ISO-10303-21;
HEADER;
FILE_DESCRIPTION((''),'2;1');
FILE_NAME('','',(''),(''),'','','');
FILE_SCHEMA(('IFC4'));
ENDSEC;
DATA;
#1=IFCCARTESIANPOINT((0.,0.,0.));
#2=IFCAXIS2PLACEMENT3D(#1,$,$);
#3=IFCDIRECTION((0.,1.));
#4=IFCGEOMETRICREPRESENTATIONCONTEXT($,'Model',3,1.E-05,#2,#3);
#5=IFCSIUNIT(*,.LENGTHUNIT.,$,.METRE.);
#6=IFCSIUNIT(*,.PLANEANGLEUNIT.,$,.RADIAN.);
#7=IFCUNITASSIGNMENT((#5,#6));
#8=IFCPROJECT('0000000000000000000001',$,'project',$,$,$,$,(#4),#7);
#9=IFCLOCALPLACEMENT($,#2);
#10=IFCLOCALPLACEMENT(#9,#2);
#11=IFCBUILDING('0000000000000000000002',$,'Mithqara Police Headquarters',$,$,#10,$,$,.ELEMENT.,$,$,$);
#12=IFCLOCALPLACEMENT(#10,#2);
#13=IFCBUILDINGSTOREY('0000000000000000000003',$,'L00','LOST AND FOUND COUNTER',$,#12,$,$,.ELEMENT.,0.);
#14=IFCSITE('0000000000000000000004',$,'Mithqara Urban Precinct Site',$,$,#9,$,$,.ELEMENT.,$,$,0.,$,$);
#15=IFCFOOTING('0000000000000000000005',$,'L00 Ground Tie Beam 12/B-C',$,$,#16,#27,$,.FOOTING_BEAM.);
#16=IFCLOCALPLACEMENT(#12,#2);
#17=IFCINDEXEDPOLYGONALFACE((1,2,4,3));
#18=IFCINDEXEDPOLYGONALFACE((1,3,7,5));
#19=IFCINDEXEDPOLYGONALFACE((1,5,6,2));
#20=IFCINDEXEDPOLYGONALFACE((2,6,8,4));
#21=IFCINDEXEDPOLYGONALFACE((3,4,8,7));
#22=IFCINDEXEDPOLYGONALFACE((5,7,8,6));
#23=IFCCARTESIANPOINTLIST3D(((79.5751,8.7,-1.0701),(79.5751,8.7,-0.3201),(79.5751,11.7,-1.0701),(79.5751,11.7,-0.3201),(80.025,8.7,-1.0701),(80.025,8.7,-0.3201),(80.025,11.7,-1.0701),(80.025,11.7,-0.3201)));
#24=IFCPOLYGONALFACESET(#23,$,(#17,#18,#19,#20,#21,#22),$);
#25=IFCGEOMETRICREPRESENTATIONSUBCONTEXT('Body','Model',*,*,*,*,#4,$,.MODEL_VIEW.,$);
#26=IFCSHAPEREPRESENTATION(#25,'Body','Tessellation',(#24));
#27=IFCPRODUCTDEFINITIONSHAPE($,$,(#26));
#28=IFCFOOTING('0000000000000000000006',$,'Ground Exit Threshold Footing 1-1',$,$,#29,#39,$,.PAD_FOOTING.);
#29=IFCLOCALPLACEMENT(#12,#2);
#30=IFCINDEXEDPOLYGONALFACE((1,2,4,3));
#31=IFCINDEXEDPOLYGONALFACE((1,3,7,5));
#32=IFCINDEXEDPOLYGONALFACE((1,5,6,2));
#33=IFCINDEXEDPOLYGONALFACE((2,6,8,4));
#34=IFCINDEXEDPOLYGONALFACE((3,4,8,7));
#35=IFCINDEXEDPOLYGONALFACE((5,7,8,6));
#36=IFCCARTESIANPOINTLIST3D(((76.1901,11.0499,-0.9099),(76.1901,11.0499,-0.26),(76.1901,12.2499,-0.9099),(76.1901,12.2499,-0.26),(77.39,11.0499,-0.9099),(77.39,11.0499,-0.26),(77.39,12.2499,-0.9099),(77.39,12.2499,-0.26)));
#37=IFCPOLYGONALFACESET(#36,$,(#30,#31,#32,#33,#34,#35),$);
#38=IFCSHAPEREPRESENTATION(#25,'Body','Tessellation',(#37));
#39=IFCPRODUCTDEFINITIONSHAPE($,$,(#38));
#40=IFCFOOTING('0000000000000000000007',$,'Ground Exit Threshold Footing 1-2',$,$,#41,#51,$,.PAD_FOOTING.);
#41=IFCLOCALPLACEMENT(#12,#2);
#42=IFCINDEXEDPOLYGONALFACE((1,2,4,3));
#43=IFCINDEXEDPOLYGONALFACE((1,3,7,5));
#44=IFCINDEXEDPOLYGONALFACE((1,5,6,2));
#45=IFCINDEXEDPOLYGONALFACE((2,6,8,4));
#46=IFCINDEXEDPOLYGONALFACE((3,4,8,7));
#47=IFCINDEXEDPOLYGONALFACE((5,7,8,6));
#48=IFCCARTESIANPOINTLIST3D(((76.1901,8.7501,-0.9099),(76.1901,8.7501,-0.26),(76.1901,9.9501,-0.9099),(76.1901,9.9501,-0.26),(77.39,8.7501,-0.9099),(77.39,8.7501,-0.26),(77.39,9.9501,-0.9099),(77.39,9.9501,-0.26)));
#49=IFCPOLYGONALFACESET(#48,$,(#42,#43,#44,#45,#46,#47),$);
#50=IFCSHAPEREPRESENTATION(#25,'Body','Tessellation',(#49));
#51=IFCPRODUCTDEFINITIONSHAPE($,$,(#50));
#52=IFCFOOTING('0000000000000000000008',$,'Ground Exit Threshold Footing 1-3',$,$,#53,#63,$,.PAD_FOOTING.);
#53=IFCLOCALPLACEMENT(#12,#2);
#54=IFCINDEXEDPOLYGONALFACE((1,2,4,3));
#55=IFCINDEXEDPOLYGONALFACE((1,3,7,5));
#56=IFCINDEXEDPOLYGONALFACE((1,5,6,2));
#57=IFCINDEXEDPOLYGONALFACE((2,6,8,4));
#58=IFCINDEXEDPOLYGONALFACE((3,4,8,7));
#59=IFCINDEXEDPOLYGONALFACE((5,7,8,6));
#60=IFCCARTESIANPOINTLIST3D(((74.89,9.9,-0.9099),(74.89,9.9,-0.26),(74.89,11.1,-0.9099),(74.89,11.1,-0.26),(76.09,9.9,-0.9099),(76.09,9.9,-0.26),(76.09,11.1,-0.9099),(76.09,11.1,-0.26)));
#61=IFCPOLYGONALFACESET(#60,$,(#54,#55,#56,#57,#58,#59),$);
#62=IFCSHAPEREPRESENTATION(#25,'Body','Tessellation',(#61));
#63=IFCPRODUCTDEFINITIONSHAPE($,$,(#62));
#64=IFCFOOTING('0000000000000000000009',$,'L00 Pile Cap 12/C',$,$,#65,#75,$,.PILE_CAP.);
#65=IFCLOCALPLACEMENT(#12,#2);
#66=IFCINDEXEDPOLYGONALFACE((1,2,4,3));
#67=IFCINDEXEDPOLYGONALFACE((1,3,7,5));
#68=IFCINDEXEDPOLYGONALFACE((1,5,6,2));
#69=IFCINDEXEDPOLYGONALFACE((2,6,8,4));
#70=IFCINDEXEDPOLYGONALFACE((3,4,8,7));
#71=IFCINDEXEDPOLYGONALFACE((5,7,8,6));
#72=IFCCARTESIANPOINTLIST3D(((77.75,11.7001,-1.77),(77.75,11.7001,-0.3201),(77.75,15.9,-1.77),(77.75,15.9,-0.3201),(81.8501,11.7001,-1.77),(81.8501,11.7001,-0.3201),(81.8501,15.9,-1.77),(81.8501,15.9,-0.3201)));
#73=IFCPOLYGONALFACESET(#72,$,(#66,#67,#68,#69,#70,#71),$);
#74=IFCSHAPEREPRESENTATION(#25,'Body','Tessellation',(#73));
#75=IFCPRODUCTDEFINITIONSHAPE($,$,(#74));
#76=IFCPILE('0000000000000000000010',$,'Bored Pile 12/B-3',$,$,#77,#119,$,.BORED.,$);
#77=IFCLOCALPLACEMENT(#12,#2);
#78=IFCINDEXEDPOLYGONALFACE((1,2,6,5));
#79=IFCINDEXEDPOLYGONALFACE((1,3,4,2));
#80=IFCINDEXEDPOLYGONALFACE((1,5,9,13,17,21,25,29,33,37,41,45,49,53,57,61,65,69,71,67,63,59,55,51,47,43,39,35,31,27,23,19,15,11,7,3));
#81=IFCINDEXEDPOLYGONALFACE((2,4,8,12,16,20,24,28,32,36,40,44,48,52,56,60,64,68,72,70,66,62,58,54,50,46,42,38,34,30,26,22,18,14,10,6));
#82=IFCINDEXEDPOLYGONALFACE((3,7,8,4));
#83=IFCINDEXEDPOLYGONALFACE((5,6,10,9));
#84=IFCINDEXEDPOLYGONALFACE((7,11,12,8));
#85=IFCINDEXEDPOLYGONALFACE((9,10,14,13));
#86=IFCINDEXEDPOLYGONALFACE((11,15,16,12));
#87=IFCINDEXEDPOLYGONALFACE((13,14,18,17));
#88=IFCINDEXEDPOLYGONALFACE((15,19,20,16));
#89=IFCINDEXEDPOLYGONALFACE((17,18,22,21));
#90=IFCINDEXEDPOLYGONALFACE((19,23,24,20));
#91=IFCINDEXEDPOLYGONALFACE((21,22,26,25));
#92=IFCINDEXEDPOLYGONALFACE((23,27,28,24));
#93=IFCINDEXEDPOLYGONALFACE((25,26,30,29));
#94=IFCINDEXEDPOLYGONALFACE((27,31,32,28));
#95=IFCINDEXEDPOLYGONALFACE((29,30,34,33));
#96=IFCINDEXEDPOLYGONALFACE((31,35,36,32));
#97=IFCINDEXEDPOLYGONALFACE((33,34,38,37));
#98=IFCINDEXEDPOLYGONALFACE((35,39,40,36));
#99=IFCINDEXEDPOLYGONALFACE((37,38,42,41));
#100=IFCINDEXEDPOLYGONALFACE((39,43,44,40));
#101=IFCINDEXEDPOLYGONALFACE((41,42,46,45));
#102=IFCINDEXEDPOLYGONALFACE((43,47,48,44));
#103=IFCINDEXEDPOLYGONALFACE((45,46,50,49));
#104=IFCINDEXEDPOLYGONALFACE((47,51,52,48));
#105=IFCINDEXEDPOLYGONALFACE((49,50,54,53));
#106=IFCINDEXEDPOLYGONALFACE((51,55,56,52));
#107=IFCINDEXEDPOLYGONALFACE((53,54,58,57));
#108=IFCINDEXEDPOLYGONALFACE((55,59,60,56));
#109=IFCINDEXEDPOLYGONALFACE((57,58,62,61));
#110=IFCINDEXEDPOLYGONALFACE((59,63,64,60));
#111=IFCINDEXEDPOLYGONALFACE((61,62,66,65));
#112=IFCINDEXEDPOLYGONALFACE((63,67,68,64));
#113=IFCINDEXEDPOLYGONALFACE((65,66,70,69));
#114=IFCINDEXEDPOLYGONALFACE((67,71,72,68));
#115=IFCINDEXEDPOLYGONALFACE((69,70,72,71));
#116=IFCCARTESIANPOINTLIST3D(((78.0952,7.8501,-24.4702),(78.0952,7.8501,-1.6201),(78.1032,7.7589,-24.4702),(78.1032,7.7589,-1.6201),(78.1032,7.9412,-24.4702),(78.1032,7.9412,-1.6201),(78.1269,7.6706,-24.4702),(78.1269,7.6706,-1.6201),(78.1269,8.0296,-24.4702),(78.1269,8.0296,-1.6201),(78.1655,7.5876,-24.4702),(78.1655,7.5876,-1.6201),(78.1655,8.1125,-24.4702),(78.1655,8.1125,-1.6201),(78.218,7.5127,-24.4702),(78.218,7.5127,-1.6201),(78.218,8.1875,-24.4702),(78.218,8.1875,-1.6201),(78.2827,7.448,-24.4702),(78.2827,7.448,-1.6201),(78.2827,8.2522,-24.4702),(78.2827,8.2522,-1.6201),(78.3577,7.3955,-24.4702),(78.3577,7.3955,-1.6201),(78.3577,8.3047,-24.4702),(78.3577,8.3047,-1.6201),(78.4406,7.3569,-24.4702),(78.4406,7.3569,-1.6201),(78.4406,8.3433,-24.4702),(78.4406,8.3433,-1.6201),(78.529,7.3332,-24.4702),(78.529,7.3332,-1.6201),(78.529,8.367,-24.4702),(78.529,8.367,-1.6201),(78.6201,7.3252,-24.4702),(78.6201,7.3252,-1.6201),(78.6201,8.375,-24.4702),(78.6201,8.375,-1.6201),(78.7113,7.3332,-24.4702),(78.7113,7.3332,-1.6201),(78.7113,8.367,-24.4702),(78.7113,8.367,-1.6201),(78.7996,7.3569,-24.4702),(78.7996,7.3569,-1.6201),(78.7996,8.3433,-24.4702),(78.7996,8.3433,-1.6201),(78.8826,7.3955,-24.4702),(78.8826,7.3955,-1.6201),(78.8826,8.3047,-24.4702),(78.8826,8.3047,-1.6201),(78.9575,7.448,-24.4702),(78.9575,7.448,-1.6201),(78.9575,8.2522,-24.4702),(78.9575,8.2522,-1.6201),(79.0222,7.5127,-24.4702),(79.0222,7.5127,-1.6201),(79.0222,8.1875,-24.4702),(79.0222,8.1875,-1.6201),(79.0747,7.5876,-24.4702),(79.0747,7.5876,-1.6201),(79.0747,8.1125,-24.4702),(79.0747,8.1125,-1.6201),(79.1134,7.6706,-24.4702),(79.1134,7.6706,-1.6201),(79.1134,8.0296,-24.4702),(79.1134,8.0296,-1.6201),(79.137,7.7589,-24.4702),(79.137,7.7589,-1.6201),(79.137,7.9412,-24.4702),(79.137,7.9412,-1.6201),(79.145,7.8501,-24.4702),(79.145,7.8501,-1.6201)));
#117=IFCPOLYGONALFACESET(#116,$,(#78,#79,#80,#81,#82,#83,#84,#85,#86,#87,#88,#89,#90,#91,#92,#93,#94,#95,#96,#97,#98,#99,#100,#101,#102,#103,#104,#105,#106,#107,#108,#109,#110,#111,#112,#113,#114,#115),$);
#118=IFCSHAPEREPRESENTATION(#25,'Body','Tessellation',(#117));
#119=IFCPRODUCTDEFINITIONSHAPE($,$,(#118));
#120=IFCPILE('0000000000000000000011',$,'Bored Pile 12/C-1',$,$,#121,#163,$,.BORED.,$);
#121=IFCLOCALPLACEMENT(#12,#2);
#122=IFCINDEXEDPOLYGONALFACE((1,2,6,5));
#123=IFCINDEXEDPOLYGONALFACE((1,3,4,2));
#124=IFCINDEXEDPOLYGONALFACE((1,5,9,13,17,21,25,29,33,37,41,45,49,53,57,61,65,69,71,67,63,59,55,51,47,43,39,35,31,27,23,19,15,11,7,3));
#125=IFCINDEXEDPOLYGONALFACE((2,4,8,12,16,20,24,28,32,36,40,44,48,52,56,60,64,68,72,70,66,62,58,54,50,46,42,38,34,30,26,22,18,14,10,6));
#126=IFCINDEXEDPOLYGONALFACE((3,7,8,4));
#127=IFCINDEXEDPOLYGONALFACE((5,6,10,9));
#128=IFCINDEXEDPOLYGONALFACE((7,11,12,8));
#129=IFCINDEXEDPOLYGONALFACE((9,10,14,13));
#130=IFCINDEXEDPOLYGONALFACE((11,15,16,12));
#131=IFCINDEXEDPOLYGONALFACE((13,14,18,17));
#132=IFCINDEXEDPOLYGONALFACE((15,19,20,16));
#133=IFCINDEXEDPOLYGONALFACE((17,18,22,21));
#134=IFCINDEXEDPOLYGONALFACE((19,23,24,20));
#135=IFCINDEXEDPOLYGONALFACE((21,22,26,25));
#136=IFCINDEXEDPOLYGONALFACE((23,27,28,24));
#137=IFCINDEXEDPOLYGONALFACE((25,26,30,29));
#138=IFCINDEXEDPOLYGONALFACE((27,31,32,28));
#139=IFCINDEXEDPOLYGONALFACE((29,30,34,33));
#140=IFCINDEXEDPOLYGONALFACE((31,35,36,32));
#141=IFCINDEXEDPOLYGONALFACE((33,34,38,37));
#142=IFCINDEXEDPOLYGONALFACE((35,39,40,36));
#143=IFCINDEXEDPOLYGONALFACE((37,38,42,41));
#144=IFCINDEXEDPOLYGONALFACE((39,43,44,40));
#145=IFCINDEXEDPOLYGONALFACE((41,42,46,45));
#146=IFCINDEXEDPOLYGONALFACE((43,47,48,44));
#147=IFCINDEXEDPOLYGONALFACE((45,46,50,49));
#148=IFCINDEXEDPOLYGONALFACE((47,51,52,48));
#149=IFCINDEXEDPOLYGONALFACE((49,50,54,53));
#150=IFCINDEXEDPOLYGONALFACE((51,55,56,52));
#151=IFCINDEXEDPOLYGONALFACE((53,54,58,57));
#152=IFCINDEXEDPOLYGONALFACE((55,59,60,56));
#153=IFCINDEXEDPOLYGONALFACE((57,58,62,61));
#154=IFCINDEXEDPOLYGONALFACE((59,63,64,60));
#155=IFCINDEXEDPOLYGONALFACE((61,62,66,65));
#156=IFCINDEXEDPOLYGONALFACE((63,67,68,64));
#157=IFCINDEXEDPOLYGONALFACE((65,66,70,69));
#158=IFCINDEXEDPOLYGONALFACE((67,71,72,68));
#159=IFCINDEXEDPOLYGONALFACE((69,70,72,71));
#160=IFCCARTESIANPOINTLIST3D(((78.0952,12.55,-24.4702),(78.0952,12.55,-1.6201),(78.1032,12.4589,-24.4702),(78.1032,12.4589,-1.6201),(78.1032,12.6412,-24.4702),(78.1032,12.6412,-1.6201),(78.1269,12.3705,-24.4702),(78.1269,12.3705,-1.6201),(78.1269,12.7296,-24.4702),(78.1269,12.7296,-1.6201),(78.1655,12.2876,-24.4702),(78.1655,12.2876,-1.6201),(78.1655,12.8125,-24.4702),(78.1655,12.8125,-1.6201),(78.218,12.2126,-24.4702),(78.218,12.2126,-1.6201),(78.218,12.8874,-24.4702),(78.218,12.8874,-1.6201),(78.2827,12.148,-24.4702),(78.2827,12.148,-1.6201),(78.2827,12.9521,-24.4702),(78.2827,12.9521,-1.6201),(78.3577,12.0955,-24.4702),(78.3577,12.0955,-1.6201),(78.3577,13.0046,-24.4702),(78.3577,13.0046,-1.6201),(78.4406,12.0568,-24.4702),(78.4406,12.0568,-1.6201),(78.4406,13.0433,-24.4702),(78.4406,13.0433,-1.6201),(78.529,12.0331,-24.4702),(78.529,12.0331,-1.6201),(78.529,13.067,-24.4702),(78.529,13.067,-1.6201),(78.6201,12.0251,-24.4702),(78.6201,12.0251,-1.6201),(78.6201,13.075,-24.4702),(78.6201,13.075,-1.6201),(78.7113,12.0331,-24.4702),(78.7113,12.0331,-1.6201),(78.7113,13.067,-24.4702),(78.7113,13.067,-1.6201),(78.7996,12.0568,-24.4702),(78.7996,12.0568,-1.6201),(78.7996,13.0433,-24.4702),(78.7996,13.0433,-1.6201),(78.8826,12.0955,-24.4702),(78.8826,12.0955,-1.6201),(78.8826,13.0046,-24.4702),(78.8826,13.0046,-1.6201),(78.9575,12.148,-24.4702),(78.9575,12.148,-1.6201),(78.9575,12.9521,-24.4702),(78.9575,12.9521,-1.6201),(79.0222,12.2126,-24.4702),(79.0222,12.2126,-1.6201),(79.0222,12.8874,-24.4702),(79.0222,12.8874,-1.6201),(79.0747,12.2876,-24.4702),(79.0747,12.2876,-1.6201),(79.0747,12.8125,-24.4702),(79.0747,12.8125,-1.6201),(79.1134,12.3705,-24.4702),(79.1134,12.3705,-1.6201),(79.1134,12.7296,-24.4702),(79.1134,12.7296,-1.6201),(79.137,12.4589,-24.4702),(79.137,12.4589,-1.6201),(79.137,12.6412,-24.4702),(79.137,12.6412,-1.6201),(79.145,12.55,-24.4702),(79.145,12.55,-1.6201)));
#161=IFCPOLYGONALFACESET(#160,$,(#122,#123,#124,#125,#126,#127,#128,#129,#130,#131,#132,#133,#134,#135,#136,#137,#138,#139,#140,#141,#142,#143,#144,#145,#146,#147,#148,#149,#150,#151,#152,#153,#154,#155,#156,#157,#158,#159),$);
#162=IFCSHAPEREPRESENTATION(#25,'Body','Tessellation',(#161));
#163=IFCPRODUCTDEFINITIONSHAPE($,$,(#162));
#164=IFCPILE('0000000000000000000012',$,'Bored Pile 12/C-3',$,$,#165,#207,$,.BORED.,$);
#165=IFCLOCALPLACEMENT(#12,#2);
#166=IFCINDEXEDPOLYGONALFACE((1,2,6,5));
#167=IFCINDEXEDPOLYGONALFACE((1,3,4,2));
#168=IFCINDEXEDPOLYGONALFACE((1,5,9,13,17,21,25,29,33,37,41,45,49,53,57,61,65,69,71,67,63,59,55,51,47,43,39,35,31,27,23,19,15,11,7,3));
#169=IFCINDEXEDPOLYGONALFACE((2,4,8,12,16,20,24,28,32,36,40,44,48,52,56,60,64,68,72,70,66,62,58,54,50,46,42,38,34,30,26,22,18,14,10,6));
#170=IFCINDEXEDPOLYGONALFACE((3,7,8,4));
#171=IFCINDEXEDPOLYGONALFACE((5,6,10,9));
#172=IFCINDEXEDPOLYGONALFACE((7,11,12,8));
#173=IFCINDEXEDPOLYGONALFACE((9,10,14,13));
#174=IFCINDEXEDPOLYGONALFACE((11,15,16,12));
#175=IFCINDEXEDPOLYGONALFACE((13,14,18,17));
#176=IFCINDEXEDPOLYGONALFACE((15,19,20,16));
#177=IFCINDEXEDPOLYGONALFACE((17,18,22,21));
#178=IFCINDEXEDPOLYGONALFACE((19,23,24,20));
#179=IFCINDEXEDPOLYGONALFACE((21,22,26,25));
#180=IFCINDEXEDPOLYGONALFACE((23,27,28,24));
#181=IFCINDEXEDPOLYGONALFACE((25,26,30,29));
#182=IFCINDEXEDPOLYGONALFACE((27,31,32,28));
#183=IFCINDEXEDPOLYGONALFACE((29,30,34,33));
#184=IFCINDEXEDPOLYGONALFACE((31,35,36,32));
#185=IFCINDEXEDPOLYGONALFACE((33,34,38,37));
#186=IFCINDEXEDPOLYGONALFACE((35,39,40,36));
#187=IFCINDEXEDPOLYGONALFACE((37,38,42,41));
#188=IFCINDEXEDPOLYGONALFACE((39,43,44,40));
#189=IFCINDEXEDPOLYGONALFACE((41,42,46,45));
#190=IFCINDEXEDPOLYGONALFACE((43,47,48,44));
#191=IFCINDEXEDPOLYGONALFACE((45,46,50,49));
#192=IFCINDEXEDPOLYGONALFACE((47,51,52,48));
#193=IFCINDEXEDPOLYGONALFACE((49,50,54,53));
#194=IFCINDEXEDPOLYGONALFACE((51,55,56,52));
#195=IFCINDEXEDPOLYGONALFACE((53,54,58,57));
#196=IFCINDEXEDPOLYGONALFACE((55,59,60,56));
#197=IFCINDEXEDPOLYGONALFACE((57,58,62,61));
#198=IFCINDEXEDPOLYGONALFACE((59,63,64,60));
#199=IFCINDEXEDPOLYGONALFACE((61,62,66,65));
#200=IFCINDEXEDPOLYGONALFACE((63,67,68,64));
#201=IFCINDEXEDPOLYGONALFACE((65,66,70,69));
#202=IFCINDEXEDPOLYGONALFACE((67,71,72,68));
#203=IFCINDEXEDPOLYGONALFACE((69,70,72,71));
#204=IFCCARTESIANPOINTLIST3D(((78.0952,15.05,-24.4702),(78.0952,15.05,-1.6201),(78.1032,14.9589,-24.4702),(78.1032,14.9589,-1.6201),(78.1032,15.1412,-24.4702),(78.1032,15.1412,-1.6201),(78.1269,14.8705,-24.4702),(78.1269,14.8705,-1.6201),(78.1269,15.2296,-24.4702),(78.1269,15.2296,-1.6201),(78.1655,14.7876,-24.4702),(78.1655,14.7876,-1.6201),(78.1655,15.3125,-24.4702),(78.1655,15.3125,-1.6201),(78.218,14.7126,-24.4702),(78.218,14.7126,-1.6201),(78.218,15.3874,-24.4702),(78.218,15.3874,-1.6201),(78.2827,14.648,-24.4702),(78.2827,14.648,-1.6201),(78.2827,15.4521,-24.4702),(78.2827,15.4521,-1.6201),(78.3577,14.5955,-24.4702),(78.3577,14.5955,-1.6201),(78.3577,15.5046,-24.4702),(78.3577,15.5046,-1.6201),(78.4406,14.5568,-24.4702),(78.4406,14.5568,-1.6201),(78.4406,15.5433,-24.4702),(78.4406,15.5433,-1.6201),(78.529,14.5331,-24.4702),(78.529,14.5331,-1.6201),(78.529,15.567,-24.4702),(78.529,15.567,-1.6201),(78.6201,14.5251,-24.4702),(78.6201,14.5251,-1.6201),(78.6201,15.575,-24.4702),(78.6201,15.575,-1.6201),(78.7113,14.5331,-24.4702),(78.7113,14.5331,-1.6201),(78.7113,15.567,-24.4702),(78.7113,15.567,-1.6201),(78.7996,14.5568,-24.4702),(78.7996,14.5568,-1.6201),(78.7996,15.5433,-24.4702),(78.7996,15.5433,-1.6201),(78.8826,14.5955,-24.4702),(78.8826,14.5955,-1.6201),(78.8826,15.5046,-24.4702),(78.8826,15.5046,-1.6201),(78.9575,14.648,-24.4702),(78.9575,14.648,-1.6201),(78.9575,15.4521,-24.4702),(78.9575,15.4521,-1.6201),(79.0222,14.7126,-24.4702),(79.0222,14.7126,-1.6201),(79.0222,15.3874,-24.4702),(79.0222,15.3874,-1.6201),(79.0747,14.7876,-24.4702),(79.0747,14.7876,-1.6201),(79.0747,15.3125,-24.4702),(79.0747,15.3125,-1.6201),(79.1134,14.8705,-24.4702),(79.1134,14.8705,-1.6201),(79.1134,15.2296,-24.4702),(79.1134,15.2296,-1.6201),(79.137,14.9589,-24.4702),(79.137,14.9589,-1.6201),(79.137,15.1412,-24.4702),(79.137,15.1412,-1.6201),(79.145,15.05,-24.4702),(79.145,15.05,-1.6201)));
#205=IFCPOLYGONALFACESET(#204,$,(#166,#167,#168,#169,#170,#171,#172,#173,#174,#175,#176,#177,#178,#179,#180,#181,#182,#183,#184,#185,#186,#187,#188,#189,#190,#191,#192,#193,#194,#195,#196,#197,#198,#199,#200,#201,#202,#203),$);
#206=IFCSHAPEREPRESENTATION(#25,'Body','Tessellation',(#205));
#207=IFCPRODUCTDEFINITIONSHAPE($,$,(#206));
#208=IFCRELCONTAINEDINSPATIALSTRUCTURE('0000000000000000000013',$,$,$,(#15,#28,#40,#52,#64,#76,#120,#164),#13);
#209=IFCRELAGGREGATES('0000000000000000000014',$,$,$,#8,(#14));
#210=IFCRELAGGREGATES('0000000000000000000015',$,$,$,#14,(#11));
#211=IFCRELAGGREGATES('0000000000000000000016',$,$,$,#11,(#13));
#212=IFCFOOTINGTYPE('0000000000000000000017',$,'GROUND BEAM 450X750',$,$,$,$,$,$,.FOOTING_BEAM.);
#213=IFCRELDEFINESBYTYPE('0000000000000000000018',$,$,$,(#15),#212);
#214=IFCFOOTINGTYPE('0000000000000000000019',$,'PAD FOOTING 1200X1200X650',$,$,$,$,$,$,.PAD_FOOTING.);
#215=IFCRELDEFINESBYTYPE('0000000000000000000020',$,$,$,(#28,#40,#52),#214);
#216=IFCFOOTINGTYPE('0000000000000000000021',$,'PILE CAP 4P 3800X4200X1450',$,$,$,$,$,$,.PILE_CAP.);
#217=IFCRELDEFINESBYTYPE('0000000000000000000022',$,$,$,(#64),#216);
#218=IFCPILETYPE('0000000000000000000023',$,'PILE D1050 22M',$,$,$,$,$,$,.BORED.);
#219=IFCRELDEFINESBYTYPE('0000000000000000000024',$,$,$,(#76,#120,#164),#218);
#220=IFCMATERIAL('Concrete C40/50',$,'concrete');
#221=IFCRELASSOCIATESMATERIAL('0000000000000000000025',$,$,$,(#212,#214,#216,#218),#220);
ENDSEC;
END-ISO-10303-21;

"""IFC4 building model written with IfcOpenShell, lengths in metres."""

from ifc_helpers import new_model, si_unit, direction, frame, origin, origin_2d, place, context, subcontext, project, spatial, rectangle, circle, extrude, material, material_profile, profile_set, type_object, element, save


model = new_model("IFC4")

# Units and contexts
model_context = context("Model", 3, precision=1e-05, world=origin(), true_north=direction((0.0, 1.0)))
body_context = subcontext(model_context, "Body", "Model", "MODEL_VIEW")
ifc_project = project(units=[si_unit("LENGTHUNIT", "METRE"), si_unit("PLANEANGLEUNIT", "RADIAN")], contexts=[model_context])

# Site, building, storey
site_placement = place(None, origin())
site = spatial("IfcSite", under=ifc_project, at=site_placement, Name="Mithqara Urban Precinct Site", CompositionType="ELEMENT", RefElevation=0.0)
building_placement = place(site_placement, origin())
building = spatial("IfcBuilding", under=site, at=building_placement, Name="Mithqara Police Headquarters", CompositionType="ELEMENT")
storey_placement = place(building_placement, origin())
storey = spatial("IfcBuildingStorey", under=building, at=storey_placement, Name="L00", Description="LOST AND FOUND COUNTER", CompositionType="ELEMENT", Elevation=0.0)

# Footings
ifc_material_1 = material(Name="Concrete C40/50", Category="concrete")
footing_type_1 = type_object("IfcFootingType", Name="GROUND BEAM 450X750", PredefinedType="FOOTING_BEAM", material=ifc_material_1)
footing_1_placement = place(storey_placement, frame((79.8, 10.2, -1.0701), z_axis=(0.0, 0.0, 1.0), x_axis=(1.0, 0.0, 0.0)))
element("IfcFooting", 1, at=footing_1_placement, inside=storey, type_object=footing_type_1, Name="L00 Ground Tie Beam 12/B-C", PredefinedType="FOOTING_BEAM", context=body_context, shape_type="SweptSolid", body=[
    extrude(rectangle(XDim=0.45, YDim=3.0, at=origin_2d()), origin(), (0.0, 0.0, 1.0), 0.75),
])
footing_type_2 = type_object("IfcFootingType", Name="PAD FOOTING 1200X1200X650", PredefinedType="PAD_FOOTING", material=ifc_material_1)
for number, where, z_axis, x_axis, name in (
    (2, (76.79, 11.6499, -0.9099), (0.0, 0.0, 1.0), (1.0, 0.0, 0.0), "Ground Exit Threshold Footing 1-1"),
    (3, (76.79, 9.3501, -0.9099), (0.0, 0.0, 1.0), (1.0, 0.0, 0.0), "Ground Exit Threshold Footing 1-2"),
    (4, (75.49, 10.5, -0.9099), (0.0, 0.0, 1.0), (1.0, 0.0, 0.0), "Ground Exit Threshold Footing 1-3"),
):
    element("IfcFooting", number, at=place(storey_placement, frame(where, z_axis=z_axis, x_axis=x_axis)), inside=storey, type_object=footing_type_2, Name=name, PredefinedType="PAD_FOOTING", context=body_context, shape_type="SweptSolid", body=[
        extrude(rectangle(XDim=1.2, YDim=1.2, at=origin_2d()), origin(), (0.0, 0.0, 1.0), 0.6499),
    ])
footing_type_3 = type_object("IfcFootingType", Name="PILE CAP 4P 3800X4200X1450", PredefinedType="PILE_CAP", material=ifc_material_1)
footing_2_placement = place(storey_placement, frame((79.8, 13.8, -1.77), z_axis=(0.0, 0.0, 1.0), x_axis=(1.0, 0.0, 0.0)))
element("IfcFooting", 5, at=footing_2_placement, inside=storey, type_object=footing_type_3, Name="L00 Pile Cap 12/C", PredefinedType="PILE_CAP", context=body_context, shape_type="SweptSolid", body=[
    extrude(rectangle(XDim=4.1001, YDim=4.2, at=origin_2d()), origin(), (0.0, 0.0, 1.0), 1.45),
])

# Piles
ifc_material_profile_1 = material_profile(ifc_material_1, circle(Radius=0.5249, at=origin_2d()), Name="PILE D1050")
ifc_profile_set_1 = profile_set([ifc_material_profile_1], Name="Concrete C40/50")
pile_type = type_object("IfcPileType", Name="PILE D1050 22M", PredefinedType="BORED", material=ifc_profile_set_1)
for number, where, z_axis, x_axis, name in (
    (6, (78.6201, 7.8501, -1.6201), (0.0, 0.0, -1.0), (1.0, 0.0, 0.0), "Bored Pile 12/B-3"),
    (7, (78.6201, 12.55, -1.6201), (0.0, 0.0, -1.0), (1.0, 0.0, 0.0), "Bored Pile 12/C-1"),
    (8, (78.6201, 15.05, -1.6201), (0.0, 0.0, -1.0), (1.0, 0.0, 0.0), "Bored Pile 12/C-3"),
):
    element("IfcPile", number, at=place(storey_placement, frame(where, z_axis=z_axis, x_axis=x_axis)), inside=storey, type_object=pile_type, Name=name, PredefinedType="BORED", context=body_context, shape_type="SweptSolid", body=[
        extrude(circle(Radius=0.5249, at=origin_2d()), origin(), (0.0, 0.0, 1.0), 22.8501),
    ])

save(model, "model.ifc")
